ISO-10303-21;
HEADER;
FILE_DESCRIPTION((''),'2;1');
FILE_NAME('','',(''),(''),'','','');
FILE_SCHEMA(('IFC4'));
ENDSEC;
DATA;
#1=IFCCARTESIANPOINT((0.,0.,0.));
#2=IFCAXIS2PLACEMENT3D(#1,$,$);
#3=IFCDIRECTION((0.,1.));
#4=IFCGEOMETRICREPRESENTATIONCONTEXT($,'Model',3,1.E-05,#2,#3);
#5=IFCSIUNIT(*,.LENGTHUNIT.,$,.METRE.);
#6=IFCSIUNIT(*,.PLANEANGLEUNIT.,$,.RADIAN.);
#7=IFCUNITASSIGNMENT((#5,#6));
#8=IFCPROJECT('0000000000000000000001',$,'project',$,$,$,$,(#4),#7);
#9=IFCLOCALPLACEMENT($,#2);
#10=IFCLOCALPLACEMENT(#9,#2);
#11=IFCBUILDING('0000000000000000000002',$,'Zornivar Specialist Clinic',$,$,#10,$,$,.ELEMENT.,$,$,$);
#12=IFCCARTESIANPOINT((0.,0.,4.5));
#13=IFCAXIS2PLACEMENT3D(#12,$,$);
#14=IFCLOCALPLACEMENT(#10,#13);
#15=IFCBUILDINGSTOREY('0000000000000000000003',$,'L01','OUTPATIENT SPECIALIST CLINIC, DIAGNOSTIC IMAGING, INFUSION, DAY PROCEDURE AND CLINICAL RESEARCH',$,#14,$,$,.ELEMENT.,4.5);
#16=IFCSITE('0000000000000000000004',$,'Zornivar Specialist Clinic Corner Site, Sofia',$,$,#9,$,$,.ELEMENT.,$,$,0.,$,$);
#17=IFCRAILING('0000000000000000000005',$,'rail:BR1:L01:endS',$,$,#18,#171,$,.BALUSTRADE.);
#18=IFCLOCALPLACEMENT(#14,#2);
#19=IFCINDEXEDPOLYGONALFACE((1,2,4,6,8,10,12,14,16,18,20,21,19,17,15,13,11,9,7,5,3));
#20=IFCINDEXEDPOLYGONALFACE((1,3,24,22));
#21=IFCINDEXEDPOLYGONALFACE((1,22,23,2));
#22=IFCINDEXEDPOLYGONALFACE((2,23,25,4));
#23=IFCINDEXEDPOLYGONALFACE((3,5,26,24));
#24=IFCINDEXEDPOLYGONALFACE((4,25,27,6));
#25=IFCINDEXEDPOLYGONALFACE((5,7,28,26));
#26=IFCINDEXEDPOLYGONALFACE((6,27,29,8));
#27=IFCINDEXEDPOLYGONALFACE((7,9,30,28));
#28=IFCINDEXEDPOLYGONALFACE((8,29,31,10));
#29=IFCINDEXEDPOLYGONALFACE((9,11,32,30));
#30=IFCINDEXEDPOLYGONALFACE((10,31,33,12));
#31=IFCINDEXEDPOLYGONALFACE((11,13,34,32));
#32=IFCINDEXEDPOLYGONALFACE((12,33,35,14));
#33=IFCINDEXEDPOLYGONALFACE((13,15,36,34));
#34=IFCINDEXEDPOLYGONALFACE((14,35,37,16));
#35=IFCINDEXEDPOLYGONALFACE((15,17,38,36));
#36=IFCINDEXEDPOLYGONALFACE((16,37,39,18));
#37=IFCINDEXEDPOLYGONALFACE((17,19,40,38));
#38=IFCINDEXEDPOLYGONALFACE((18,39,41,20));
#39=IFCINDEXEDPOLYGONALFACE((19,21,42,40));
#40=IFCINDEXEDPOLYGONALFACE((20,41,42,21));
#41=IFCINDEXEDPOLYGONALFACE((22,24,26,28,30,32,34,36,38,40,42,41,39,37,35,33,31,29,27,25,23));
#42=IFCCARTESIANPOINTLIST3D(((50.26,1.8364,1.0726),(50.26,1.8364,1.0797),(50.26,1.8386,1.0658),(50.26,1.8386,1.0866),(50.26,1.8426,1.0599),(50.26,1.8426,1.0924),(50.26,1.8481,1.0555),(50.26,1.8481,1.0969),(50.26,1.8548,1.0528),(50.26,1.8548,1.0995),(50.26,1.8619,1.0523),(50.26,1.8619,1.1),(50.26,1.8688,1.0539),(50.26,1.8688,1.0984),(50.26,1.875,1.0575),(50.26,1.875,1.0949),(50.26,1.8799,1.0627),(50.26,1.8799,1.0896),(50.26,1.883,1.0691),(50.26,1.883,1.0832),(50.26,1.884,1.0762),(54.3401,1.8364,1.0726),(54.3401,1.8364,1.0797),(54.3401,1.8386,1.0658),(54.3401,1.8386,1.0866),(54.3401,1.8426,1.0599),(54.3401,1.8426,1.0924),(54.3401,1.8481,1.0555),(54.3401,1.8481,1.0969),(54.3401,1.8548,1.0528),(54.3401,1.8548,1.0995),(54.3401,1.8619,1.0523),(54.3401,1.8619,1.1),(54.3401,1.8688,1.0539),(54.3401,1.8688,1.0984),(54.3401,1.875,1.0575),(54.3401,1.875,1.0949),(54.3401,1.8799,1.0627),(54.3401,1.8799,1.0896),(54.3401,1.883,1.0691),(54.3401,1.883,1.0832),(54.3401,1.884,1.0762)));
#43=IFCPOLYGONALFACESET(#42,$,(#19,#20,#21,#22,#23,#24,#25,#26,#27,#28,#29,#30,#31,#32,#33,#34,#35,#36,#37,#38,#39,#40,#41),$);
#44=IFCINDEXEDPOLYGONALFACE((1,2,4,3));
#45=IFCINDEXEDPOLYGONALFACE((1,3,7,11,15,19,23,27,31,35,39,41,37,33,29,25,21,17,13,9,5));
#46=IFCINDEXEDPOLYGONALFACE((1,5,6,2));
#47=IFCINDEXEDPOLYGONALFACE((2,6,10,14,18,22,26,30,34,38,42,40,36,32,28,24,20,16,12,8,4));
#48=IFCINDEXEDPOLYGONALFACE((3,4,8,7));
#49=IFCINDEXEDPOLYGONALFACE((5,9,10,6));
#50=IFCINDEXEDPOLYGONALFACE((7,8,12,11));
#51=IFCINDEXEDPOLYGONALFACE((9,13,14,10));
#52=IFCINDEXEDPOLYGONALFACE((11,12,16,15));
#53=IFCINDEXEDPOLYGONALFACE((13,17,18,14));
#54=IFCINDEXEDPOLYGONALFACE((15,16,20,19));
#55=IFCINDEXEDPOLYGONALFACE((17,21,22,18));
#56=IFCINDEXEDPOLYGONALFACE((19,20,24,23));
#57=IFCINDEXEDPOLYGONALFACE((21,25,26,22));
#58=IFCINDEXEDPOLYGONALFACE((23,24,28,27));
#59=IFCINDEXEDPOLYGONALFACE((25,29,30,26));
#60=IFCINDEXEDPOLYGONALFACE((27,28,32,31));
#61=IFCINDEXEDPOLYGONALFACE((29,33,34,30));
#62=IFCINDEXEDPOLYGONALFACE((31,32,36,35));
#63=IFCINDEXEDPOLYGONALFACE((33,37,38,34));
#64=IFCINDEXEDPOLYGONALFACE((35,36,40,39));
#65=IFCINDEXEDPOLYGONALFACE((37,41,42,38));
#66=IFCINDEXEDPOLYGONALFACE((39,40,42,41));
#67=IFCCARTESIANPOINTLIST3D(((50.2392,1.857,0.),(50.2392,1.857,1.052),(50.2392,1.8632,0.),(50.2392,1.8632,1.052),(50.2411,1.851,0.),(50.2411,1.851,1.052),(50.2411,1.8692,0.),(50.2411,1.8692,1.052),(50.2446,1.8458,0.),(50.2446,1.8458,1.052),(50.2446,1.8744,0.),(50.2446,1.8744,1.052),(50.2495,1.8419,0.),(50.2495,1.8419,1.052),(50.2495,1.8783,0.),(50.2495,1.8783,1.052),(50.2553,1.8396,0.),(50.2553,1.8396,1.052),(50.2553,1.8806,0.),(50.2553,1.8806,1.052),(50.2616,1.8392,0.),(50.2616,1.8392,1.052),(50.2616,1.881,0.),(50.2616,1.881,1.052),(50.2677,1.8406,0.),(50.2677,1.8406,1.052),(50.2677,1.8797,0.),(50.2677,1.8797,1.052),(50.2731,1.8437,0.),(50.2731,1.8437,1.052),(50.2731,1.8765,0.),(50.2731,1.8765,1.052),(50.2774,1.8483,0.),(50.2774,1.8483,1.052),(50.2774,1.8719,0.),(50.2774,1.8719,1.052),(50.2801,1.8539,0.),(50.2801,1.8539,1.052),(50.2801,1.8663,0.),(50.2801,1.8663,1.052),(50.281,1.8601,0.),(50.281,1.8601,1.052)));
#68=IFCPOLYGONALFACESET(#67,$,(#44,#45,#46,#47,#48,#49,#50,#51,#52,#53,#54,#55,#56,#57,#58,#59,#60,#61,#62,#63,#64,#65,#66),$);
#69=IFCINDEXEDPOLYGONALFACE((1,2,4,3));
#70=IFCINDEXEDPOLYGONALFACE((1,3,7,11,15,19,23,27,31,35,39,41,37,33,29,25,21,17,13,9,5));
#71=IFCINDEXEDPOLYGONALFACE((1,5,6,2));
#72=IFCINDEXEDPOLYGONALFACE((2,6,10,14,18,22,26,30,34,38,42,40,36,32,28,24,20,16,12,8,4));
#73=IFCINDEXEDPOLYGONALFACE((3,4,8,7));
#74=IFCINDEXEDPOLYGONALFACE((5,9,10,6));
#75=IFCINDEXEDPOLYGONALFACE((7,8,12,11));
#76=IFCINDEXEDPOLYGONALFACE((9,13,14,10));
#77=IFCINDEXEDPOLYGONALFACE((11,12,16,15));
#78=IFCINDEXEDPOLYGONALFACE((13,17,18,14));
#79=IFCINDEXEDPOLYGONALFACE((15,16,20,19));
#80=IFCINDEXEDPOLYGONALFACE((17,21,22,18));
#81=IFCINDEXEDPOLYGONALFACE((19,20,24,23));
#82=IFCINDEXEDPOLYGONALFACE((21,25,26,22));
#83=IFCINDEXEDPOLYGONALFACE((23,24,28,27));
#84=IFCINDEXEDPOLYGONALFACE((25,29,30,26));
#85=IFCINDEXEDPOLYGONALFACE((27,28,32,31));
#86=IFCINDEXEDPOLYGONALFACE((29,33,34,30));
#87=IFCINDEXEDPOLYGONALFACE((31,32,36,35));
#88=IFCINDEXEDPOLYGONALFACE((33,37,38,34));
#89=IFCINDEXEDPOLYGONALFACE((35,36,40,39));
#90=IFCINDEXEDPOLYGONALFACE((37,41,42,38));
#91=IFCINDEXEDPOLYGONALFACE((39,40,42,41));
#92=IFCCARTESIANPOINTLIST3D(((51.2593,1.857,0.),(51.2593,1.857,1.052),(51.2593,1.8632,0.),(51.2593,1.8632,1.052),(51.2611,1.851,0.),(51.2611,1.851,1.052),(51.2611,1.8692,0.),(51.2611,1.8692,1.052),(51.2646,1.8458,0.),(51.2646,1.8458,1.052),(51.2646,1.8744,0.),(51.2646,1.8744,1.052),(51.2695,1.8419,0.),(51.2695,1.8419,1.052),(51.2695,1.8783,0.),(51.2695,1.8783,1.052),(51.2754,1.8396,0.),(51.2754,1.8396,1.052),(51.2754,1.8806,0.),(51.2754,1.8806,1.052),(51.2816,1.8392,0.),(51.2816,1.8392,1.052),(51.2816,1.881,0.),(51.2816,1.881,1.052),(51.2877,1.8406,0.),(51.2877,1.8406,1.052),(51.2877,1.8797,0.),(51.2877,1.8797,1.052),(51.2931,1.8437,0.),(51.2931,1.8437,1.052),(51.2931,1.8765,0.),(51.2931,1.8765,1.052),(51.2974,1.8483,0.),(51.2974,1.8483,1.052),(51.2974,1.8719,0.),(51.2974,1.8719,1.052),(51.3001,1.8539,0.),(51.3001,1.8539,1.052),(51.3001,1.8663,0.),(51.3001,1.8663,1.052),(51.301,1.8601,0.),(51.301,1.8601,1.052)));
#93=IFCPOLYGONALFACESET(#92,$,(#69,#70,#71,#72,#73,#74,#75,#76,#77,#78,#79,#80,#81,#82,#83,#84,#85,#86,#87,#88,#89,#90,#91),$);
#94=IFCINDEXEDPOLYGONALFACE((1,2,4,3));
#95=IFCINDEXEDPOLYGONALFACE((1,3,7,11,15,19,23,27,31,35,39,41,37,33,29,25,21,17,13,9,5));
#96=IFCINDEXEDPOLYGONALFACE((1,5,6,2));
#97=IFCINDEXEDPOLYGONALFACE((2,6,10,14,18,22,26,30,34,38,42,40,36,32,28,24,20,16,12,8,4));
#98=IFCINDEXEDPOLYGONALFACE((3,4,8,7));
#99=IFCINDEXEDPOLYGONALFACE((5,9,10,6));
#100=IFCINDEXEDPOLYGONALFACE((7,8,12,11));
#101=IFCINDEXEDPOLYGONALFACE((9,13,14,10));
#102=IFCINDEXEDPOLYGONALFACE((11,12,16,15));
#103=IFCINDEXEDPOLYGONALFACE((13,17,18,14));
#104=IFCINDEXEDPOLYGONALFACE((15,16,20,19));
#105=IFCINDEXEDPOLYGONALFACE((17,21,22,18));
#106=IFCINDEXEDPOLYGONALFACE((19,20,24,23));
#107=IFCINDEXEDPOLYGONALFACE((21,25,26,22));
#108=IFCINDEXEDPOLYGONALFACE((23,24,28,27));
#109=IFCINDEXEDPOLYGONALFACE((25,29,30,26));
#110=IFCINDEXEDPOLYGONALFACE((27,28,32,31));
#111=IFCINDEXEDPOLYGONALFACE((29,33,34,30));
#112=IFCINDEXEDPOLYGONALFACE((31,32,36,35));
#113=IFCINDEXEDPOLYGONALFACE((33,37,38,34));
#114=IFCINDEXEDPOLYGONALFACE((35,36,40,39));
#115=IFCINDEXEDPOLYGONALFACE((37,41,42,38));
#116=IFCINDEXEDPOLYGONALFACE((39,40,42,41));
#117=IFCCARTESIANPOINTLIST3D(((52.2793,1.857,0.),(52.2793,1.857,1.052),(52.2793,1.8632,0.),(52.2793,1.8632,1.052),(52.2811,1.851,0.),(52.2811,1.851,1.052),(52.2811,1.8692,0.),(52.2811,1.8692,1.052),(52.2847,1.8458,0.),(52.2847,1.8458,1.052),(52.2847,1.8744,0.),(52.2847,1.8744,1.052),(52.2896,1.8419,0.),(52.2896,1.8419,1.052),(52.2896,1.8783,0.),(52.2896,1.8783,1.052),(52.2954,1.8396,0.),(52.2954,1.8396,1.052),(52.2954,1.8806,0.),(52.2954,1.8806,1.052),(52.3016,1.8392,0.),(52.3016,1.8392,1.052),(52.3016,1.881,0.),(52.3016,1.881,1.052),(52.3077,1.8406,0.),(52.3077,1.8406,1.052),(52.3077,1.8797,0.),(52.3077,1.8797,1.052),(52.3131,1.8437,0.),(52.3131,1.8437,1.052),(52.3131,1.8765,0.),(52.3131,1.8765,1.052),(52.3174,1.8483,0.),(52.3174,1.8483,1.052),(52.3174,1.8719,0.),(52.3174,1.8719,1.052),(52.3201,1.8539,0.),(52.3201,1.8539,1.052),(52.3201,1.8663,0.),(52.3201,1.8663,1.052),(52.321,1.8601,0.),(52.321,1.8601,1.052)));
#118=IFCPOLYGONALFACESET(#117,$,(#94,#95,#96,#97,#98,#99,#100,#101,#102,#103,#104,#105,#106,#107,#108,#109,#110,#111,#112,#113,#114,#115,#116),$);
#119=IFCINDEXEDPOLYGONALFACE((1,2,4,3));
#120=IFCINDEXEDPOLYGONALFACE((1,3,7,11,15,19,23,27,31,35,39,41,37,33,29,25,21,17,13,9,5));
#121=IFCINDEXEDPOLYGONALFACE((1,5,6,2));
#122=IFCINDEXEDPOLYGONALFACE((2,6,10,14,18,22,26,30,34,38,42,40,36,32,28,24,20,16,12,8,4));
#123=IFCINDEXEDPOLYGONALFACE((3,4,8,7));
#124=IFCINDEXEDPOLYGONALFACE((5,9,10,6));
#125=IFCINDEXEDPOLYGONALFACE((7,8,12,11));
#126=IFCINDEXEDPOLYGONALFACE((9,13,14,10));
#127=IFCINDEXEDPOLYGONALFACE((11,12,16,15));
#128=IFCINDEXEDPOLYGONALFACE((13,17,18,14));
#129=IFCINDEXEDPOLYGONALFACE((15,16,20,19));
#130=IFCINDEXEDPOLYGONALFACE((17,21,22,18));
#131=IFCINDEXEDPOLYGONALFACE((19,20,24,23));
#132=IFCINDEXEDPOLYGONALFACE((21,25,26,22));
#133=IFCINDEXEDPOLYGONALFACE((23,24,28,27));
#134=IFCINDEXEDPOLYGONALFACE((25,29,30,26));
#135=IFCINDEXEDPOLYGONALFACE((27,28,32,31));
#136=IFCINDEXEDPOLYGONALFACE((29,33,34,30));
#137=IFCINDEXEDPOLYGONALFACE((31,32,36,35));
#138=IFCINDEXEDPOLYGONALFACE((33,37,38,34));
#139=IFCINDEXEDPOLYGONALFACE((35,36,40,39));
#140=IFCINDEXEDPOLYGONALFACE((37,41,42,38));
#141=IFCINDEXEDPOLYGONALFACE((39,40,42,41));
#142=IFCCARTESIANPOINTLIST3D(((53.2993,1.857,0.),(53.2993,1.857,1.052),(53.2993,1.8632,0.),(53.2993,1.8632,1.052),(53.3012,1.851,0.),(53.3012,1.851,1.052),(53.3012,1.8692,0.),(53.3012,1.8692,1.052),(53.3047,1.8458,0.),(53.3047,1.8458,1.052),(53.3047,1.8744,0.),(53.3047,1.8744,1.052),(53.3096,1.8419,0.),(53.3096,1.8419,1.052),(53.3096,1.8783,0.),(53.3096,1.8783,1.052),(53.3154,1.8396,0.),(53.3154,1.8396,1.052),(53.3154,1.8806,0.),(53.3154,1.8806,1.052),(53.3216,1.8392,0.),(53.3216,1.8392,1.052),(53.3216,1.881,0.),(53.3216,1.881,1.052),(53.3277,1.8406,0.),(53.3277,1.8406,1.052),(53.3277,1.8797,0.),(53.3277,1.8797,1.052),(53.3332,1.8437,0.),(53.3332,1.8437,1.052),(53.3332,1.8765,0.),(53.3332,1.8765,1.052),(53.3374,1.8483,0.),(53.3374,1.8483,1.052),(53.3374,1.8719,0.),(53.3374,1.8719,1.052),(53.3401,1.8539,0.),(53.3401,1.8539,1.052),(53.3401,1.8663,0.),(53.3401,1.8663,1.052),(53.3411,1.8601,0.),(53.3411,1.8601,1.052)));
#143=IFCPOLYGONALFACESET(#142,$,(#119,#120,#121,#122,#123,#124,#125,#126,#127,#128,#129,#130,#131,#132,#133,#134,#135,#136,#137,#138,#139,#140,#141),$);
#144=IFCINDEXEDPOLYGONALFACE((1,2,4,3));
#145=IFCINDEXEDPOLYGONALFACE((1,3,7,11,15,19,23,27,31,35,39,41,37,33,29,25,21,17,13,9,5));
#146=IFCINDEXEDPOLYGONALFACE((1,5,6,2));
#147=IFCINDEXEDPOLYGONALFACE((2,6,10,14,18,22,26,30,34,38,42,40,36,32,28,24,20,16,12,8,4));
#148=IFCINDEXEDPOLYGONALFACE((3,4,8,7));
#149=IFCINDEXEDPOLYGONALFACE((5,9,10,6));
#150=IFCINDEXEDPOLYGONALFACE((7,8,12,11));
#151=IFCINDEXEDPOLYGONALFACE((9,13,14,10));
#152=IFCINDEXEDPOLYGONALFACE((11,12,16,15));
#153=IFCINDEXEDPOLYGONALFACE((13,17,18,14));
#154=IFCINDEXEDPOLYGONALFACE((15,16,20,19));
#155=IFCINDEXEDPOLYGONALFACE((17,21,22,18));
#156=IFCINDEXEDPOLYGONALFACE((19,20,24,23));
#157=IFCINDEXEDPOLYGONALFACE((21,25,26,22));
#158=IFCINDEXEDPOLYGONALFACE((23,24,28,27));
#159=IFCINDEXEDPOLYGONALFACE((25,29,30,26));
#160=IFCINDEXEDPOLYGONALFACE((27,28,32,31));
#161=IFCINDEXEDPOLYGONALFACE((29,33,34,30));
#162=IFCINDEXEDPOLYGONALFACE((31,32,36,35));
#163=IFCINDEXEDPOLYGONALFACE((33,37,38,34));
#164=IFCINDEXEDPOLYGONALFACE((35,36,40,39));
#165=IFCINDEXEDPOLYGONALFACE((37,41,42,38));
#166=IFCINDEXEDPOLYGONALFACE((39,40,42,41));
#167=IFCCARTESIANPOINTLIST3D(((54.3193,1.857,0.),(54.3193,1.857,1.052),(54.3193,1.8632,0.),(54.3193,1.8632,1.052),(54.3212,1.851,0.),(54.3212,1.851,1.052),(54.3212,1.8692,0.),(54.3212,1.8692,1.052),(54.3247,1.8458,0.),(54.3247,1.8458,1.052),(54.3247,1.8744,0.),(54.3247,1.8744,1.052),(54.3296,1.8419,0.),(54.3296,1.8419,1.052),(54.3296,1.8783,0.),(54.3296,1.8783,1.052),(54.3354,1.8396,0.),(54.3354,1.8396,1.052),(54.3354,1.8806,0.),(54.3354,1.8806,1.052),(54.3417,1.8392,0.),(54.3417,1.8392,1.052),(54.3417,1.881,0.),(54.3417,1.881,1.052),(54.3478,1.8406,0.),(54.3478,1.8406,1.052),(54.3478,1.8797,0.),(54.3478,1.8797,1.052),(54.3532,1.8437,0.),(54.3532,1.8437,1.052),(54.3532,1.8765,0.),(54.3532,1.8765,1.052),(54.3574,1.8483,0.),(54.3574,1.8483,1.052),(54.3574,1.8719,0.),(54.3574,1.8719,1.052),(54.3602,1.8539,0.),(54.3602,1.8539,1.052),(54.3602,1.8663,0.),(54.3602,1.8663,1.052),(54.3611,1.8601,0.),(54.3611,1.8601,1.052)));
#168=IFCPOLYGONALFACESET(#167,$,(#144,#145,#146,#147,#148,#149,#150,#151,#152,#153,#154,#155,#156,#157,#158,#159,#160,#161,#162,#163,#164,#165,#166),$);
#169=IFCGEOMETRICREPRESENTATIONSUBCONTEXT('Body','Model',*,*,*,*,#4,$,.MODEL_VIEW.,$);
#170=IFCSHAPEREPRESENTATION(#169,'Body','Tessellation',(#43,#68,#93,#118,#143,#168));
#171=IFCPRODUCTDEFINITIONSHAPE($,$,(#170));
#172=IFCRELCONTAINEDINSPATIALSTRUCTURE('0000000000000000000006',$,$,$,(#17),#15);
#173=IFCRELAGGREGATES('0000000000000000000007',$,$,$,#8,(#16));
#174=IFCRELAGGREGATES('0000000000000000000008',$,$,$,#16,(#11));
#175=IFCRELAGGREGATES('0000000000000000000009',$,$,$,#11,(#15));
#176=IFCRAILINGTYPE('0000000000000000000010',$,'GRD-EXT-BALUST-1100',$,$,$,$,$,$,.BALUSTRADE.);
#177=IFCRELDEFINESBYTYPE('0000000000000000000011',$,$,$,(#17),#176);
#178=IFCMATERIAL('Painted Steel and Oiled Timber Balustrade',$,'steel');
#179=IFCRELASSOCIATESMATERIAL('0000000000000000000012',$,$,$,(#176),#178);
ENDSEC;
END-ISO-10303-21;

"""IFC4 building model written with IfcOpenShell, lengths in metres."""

from ifc_helpers import new_model, si_unit, direction, frame, origin, origin_2d, place, context, subcontext, project, spatial, circle, extrude, material, type_object, element, save


model = new_model("IFC4")

# Units and contexts
model_context = context("Model", 3, precision=1e-05, world=origin(), true_north=direction((0.0, 1.0)))
body_context = subcontext(model_context, "Body", "Model", "MODEL_VIEW")
ifc_project = project(units=[si_unit("LENGTHUNIT", "METRE"), si_unit("PLANEANGLEUNIT", "RADIAN")], contexts=[model_context])

# Site, building, storey
site_placement = place(None, origin())
site = spatial("IfcSite", under=ifc_project, at=site_placement, Name="Zornivar Specialist Clinic Corner Site, Sofia", CompositionType="ELEMENT", RefElevation=0.0)
building_placement = place(site_placement, origin())
building = spatial("IfcBuilding", under=site, at=building_placement, Name="Zornivar Specialist Clinic", CompositionType="ELEMENT")
storey_placement = place(building_placement, frame((0.0, 0.0, 4.5)))
storey = spatial("IfcBuildingStorey", under=building, at=storey_placement, Name="L01", Description="OUTPATIENT SPECIALIST CLINIC, DIAGNOSTIC IMAGING, INFUSION, DAY PROCEDURE AND CLINICAL RESEARCH", CompositionType="ELEMENT", Elevation=4.5)

# Railing
ifc_material_1 = material(Name="Painted Steel and Oiled Timber Balustrade", Category="steel")
railing_type = type_object("IfcRailingType", Name="GRD-EXT-BALUST-1100", PredefinedType="BALUSTRADE", material=ifc_material_1)
railing_1_placement = place(storey_placement, frame((50.26, 1.8601, 0.0)))
element("IfcRailing", 1, at=railing_1_placement, inside=storey, type_object=railing_type, Name="rail:BR1:L01:endS", PredefinedType="BALUSTRADE", context=body_context, shape_type="SweptSolid", body=[
    extrude(circle(Radius=0.0239, at=origin_2d()), frame((0.0, 0.0, 1.0762), z_axis=(1.0, 0.0, 0.0), x_axis=(0.0, 1.0, 0.0)), (0.0, 0.0, 1.0), 4.0801),
    extrude(circle(Radius=0.021, at=origin_2d()), origin(), (0.0, 0.0, 1.0), 1.052),
    extrude(circle(Radius=0.021, at=origin_2d()), frame((1.02, 0.0, 0.0)), (0.0, 0.0, 1.0), 1.052),
    extrude(circle(Radius=0.021, at=origin_2d()), frame((2.04, 0.0, 0.0)), (0.0, 0.0, 1.0), 1.052),
    extrude(circle(Radius=0.021, at=origin_2d()), frame((3.0601, 0.0, 0.0)), (0.0, 0.0, 1.0), 1.052),
    extrude(circle(Radius=0.021, at=origin_2d()), frame((4.0801, 0.0, 0.0)), (0.0, 0.0, 1.0), 1.052),
])

save(model, "model.ifc")
